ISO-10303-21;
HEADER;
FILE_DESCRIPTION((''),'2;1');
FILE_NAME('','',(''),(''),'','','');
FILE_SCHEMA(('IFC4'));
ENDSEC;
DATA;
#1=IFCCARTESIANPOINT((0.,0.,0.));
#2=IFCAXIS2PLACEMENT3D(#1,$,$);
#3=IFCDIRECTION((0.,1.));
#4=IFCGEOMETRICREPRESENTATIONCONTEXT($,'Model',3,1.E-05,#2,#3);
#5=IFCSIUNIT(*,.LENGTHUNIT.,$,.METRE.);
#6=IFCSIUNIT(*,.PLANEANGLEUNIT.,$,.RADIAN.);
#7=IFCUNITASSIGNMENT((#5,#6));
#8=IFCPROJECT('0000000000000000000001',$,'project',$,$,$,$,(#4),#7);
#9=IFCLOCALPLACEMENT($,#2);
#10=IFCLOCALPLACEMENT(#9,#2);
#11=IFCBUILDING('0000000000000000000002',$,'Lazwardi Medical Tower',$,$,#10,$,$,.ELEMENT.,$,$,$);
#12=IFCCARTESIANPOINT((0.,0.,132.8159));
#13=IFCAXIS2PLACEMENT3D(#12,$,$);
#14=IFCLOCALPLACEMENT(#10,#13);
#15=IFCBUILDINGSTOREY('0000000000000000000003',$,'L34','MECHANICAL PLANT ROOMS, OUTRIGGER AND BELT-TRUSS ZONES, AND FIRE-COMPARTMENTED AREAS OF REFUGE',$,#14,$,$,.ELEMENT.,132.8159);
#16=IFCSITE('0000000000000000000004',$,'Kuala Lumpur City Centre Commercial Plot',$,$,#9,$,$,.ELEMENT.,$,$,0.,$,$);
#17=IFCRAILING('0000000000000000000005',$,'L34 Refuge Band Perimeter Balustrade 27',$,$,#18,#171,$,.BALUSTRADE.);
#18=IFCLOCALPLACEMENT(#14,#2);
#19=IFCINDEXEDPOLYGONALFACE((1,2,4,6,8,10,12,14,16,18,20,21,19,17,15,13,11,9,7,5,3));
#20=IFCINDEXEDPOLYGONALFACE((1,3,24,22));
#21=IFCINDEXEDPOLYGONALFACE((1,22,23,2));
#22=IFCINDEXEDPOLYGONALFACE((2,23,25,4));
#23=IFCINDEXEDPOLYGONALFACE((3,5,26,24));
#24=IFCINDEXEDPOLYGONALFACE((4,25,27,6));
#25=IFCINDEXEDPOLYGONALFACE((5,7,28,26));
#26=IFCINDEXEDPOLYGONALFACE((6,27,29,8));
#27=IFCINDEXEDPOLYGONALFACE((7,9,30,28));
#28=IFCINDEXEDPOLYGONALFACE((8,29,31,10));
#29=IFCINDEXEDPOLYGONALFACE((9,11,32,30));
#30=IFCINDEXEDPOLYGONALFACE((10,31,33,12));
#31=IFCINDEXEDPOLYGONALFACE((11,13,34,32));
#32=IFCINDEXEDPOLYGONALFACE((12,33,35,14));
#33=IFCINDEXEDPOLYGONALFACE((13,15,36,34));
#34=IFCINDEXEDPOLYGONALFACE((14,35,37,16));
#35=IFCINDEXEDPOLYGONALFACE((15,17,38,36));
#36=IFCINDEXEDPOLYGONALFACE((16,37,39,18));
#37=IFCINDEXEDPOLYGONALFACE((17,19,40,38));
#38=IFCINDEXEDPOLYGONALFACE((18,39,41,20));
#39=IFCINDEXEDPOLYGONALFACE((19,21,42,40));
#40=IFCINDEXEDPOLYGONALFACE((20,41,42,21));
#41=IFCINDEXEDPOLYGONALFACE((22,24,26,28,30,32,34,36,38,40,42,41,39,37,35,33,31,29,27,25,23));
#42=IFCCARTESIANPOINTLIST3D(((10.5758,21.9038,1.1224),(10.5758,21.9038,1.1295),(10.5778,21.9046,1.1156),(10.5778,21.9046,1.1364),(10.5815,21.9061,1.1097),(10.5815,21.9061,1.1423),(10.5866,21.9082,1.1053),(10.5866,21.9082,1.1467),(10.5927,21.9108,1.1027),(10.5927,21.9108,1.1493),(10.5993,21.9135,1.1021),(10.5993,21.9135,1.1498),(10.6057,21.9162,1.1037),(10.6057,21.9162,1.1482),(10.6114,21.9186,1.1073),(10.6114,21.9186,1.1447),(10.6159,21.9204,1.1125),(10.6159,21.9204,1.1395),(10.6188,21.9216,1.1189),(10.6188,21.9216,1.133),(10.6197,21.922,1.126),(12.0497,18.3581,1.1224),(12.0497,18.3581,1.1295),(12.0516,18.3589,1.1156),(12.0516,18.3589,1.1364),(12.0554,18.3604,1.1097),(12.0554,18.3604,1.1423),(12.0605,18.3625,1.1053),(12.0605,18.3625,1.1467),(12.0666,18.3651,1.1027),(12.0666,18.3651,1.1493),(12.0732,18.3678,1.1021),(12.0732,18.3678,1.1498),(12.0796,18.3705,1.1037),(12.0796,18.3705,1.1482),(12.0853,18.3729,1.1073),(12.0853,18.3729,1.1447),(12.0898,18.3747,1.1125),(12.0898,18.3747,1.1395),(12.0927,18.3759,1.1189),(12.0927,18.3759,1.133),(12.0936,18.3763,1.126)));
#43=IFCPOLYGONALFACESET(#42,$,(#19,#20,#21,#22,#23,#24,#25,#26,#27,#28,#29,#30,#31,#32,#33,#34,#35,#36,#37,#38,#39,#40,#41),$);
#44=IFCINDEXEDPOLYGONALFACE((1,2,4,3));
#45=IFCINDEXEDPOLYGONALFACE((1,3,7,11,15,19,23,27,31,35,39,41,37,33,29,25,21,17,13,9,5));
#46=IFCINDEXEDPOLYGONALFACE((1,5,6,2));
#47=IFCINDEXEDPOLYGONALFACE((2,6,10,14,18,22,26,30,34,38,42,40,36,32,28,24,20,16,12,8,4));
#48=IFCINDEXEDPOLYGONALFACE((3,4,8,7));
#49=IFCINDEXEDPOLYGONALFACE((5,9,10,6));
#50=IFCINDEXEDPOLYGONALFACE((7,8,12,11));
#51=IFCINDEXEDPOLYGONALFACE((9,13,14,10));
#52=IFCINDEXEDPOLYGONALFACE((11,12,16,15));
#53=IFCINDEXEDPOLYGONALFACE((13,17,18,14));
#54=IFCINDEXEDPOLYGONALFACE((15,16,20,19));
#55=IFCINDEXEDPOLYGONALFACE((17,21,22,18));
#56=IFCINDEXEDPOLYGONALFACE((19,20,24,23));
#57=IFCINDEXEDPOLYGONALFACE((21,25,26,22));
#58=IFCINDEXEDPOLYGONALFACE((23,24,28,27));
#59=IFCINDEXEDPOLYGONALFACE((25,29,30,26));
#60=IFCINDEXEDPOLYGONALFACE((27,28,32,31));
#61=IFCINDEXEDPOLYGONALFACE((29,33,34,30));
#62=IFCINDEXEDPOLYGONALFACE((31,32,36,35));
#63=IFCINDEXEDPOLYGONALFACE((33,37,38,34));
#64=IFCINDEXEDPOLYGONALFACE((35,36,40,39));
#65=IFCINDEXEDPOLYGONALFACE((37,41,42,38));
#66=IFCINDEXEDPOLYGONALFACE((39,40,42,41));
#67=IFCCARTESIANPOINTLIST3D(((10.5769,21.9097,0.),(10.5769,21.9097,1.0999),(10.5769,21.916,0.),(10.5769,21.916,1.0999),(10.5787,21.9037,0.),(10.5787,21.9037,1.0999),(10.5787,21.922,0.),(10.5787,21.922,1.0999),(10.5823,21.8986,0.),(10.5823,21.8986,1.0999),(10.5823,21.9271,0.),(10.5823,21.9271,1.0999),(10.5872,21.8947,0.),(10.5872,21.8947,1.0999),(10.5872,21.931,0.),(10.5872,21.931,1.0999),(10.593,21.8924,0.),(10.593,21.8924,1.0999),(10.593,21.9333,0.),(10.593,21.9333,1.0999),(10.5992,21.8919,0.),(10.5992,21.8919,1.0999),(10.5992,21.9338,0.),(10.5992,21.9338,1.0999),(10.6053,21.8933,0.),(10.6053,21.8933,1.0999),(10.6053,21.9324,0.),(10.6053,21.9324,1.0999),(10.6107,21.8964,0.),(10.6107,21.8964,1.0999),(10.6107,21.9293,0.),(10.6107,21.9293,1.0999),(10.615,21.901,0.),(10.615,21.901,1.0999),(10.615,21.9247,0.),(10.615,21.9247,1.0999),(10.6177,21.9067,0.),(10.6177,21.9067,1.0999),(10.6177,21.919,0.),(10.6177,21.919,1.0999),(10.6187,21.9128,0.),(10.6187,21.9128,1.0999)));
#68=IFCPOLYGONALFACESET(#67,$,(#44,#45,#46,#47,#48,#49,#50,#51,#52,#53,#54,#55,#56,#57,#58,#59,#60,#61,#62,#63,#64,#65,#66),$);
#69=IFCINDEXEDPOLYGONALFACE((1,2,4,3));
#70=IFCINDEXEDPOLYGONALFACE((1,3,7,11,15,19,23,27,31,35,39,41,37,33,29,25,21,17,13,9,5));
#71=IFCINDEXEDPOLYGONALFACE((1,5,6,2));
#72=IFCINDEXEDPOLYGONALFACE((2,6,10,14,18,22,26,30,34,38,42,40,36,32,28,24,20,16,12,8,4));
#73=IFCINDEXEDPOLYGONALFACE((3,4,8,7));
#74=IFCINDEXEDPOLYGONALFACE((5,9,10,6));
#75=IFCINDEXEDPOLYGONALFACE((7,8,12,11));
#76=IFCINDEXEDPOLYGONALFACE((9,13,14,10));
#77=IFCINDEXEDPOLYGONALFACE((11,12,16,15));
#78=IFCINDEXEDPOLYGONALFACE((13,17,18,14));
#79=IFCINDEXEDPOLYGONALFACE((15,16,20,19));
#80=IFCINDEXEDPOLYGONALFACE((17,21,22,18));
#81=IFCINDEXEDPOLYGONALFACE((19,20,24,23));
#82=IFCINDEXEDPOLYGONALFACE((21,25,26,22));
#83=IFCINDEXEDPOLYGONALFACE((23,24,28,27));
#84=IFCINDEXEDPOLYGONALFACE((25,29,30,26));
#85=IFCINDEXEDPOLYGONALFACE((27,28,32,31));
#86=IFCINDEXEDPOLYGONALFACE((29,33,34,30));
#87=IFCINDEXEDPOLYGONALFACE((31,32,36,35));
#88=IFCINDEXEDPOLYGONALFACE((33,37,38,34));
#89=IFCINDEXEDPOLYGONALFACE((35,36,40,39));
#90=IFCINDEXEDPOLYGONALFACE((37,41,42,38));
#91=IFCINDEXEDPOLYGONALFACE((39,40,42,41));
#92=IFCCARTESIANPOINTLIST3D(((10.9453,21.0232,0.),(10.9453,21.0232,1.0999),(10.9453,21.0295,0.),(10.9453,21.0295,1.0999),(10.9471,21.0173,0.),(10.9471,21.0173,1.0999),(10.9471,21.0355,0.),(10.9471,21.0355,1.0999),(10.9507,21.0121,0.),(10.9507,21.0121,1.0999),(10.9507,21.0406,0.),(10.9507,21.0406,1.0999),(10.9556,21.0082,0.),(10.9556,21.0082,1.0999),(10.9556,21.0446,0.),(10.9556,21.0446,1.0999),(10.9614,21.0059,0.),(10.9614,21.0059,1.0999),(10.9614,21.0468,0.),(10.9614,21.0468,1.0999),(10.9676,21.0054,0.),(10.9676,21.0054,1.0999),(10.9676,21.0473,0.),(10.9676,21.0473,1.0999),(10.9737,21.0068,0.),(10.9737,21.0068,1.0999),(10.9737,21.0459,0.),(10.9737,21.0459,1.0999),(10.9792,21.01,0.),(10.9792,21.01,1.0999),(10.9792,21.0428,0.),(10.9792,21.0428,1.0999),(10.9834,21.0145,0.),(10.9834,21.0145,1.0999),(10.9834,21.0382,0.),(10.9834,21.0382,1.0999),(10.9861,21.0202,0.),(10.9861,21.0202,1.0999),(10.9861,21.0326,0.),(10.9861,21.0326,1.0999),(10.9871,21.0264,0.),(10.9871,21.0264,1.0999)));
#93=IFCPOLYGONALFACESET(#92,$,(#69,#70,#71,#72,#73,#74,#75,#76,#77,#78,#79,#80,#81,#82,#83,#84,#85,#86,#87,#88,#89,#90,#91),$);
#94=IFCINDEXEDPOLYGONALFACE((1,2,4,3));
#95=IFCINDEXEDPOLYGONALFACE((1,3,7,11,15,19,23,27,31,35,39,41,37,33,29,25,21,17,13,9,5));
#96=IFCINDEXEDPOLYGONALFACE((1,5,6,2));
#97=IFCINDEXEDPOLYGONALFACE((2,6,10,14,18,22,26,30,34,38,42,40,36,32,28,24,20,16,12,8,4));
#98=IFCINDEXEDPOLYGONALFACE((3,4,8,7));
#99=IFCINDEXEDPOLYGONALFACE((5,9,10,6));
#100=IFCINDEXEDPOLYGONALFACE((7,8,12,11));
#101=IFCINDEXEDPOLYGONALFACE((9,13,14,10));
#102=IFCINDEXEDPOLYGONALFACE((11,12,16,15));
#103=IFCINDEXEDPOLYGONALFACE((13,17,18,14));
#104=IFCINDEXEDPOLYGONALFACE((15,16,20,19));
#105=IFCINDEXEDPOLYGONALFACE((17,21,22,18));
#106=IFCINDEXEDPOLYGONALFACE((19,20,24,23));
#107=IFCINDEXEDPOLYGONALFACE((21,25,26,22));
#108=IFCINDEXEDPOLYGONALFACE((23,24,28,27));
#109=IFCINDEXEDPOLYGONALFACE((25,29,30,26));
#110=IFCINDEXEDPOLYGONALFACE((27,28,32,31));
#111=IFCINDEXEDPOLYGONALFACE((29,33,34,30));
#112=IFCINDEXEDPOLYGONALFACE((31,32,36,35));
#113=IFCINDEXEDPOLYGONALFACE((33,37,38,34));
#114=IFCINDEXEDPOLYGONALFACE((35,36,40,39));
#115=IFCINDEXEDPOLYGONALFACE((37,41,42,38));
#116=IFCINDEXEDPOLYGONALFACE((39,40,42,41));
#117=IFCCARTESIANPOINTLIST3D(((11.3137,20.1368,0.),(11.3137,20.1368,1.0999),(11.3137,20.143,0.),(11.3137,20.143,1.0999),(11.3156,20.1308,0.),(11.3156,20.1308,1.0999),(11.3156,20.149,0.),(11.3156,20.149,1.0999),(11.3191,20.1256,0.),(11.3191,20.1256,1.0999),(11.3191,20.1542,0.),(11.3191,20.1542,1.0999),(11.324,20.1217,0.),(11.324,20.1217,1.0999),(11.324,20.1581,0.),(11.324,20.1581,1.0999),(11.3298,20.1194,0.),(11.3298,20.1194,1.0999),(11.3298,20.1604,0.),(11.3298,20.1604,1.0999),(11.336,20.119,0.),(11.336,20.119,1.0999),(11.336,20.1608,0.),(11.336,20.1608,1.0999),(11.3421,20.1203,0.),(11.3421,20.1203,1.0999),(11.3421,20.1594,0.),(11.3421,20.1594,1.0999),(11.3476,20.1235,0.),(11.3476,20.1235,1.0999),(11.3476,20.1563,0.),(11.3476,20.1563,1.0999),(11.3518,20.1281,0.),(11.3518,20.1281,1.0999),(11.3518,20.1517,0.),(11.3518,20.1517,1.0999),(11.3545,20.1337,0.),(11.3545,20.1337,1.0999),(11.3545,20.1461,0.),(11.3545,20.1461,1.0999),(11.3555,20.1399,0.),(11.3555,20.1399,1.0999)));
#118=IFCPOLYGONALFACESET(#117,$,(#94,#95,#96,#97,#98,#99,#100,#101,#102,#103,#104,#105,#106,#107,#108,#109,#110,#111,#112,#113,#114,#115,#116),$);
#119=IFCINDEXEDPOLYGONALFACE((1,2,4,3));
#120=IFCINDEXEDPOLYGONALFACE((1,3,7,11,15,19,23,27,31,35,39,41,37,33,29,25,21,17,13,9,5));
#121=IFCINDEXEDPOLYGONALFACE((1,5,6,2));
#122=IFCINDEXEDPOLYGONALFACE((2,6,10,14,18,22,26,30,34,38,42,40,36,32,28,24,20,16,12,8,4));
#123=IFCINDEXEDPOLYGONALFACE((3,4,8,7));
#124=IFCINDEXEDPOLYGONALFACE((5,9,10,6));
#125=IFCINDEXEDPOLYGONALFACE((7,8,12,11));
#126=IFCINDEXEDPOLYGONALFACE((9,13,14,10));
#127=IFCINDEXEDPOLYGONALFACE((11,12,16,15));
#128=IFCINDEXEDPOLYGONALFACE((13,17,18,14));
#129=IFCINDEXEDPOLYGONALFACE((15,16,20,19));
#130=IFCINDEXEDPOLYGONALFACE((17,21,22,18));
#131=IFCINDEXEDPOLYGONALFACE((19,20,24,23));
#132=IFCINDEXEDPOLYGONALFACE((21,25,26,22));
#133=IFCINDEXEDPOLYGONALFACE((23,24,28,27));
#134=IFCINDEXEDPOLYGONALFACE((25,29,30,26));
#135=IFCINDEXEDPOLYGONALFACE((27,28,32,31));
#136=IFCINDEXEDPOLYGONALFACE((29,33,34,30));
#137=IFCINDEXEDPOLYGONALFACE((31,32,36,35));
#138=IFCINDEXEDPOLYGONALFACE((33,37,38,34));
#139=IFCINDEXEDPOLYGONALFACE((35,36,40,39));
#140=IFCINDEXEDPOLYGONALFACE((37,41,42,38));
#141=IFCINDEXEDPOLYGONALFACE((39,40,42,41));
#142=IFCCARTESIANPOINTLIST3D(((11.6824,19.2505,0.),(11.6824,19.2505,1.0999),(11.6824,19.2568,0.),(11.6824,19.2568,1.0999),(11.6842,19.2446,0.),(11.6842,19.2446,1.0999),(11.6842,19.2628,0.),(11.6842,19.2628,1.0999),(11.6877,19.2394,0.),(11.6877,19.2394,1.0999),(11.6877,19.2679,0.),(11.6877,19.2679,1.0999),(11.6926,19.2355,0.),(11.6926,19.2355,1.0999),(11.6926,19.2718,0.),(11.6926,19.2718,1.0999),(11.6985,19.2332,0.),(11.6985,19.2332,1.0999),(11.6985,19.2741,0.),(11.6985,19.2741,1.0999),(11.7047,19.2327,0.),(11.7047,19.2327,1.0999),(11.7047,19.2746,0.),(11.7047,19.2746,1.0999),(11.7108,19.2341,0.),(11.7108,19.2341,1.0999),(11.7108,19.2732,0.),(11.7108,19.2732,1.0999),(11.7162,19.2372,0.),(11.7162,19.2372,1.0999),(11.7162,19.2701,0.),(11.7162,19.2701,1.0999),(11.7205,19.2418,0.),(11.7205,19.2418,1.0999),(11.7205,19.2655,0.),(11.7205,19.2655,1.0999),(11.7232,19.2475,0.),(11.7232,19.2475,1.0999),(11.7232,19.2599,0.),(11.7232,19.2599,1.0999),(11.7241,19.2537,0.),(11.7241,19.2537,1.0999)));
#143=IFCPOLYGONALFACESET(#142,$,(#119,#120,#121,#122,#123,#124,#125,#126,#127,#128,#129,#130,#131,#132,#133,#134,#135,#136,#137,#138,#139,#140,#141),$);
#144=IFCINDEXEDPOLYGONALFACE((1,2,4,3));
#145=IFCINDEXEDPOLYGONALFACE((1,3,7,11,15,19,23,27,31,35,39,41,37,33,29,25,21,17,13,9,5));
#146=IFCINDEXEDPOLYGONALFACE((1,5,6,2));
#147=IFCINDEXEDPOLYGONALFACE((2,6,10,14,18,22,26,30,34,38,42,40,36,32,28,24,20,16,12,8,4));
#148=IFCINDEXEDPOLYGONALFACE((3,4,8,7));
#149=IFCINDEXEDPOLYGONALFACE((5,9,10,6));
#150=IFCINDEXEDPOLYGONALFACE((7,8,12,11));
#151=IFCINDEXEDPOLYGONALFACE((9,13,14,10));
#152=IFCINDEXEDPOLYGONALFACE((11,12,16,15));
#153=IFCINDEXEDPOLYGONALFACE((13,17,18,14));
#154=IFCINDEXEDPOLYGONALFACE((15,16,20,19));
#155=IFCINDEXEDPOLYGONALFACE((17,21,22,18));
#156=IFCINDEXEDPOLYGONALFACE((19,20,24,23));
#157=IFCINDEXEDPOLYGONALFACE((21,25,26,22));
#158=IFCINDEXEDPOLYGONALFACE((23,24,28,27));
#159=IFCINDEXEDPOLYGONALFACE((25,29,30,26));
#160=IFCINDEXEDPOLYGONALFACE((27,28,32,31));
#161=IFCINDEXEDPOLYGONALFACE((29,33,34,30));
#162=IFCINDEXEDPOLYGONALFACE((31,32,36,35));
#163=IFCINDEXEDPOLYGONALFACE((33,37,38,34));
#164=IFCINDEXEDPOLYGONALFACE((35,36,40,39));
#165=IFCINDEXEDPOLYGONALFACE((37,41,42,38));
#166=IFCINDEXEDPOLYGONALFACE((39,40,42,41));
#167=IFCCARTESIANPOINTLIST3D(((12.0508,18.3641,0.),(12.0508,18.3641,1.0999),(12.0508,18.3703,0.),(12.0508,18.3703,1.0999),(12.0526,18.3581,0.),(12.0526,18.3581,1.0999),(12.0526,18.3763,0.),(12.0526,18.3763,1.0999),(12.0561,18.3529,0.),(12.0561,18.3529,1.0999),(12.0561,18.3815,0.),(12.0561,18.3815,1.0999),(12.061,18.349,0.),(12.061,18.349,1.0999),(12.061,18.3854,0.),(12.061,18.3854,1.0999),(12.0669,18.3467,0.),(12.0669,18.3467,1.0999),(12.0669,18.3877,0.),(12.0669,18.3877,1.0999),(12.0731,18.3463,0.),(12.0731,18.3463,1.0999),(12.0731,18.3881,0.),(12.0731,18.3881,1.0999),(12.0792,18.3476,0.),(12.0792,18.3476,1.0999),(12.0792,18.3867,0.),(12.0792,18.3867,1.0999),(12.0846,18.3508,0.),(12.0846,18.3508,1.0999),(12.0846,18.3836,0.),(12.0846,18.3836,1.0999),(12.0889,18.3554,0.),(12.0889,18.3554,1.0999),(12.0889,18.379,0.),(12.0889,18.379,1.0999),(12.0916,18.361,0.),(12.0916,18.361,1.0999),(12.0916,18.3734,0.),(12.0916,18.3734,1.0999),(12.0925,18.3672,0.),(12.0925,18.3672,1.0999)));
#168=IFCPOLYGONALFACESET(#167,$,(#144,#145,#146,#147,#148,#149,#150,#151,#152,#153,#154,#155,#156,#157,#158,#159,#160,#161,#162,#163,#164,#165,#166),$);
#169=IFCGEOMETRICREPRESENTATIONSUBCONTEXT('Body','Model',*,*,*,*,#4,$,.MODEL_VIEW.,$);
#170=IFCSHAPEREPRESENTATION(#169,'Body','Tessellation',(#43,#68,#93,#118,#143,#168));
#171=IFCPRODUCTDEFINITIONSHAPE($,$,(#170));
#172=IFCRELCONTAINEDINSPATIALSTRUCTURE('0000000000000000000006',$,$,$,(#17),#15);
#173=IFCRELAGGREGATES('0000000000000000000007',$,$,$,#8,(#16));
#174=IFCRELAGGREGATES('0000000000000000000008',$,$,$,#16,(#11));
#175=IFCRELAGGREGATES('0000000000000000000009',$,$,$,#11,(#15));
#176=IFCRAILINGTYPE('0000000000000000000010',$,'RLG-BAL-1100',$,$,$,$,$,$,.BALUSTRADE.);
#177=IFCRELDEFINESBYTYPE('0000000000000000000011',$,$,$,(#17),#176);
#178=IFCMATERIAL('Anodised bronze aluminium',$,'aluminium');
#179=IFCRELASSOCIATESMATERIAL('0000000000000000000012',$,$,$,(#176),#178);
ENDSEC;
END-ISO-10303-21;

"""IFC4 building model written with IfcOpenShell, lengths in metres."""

from ifc_helpers import new_model, si_unit, direction, frame, origin, origin_2d, place, context, subcontext, project, spatial, circle, extrude, material, type_object, element, save


model = new_model("IFC4")

# Units and contexts
model_context = context("Model", 3, precision=1e-05, world=origin(), true_north=direction((0.0, 1.0)))
body_context = subcontext(model_context, "Body", "Model", "MODEL_VIEW")
ifc_project = project(units=[si_unit("LENGTHUNIT", "METRE"), si_unit("PLANEANGLEUNIT", "RADIAN")], contexts=[model_context])

# Site, building, storey
site_placement = place(None, origin())
site = spatial("IfcSite", under=ifc_project, at=site_placement, Name="Kuala Lumpur City Centre Commercial Plot", CompositionType="ELEMENT", RefElevation=0.0)
building_placement = place(site_placement, origin())
building = spatial("IfcBuilding", under=site, at=building_placement, Name="Lazwardi Medical Tower", CompositionType="ELEMENT")
storey_placement = place(building_placement, frame((0.0, 0.0, 132.8159)))
storey = spatial("IfcBuildingStorey", under=building, at=storey_placement, Name="L34", Description="MECHANICAL PLANT ROOMS, OUTRIGGER AND BELT-TRUSS ZONES, AND FIRE-COMPARTMENTED AREAS OF REFUGE", CompositionType="ELEMENT", Elevation=132.8159)

# Railing
ifc_material_1 = material(Name="Anodised bronze aluminium", Category="aluminium")
railing_type = type_object("IfcRailingType", Name="RLG-BAL-1100", PredefinedType="BALUSTRADE", material=ifc_material_1)
railing_1_placement = place(storey_placement, frame((10.5977, 21.9128, 0.0)))
element("IfcRailing", 1, at=railing_1_placement, inside=storey, type_object=railing_type, Name="L34 Refuge Band Perimeter Balustrade 27", PredefinedType="BALUSTRADE", context=body_context, shape_type="SweptSolid", body=[
    extrude(circle(Radius=0.0239, at=origin_2d()), frame((0.0, 0.0, 1.126), z_axis=(0.383843, -0.923398, 0.0), x_axis=(0.923398, 0.383843, 0.0)), (0.0, 0.0, 1.0), 3.8398),
    extrude(circle(Radius=0.021, at=origin_2d()), origin(), (0.0, 0.0, 1.0), 1.0999),
    extrude(circle(Radius=0.021, at=origin_2d()), frame((0.3684, -0.8865, 0.0)), (0.0, 0.0, 1.0), 1.0999),
    extrude(circle(Radius=0.021, at=origin_2d()), frame((0.7368, -1.7729, 0.0)), (0.0, 0.0, 1.0), 1.0999),
    extrude(circle(Radius=0.021, at=origin_2d()), frame((1.1055, -2.6592, 0.0)), (0.0, 0.0, 1.0), 1.0999),
    extrude(circle(Radius=0.021, at=origin_2d()), frame((1.4739, -3.5457, 0.0)), (0.0, 0.0, 1.0), 1.0999),
])

save(model, "model.ifc")
